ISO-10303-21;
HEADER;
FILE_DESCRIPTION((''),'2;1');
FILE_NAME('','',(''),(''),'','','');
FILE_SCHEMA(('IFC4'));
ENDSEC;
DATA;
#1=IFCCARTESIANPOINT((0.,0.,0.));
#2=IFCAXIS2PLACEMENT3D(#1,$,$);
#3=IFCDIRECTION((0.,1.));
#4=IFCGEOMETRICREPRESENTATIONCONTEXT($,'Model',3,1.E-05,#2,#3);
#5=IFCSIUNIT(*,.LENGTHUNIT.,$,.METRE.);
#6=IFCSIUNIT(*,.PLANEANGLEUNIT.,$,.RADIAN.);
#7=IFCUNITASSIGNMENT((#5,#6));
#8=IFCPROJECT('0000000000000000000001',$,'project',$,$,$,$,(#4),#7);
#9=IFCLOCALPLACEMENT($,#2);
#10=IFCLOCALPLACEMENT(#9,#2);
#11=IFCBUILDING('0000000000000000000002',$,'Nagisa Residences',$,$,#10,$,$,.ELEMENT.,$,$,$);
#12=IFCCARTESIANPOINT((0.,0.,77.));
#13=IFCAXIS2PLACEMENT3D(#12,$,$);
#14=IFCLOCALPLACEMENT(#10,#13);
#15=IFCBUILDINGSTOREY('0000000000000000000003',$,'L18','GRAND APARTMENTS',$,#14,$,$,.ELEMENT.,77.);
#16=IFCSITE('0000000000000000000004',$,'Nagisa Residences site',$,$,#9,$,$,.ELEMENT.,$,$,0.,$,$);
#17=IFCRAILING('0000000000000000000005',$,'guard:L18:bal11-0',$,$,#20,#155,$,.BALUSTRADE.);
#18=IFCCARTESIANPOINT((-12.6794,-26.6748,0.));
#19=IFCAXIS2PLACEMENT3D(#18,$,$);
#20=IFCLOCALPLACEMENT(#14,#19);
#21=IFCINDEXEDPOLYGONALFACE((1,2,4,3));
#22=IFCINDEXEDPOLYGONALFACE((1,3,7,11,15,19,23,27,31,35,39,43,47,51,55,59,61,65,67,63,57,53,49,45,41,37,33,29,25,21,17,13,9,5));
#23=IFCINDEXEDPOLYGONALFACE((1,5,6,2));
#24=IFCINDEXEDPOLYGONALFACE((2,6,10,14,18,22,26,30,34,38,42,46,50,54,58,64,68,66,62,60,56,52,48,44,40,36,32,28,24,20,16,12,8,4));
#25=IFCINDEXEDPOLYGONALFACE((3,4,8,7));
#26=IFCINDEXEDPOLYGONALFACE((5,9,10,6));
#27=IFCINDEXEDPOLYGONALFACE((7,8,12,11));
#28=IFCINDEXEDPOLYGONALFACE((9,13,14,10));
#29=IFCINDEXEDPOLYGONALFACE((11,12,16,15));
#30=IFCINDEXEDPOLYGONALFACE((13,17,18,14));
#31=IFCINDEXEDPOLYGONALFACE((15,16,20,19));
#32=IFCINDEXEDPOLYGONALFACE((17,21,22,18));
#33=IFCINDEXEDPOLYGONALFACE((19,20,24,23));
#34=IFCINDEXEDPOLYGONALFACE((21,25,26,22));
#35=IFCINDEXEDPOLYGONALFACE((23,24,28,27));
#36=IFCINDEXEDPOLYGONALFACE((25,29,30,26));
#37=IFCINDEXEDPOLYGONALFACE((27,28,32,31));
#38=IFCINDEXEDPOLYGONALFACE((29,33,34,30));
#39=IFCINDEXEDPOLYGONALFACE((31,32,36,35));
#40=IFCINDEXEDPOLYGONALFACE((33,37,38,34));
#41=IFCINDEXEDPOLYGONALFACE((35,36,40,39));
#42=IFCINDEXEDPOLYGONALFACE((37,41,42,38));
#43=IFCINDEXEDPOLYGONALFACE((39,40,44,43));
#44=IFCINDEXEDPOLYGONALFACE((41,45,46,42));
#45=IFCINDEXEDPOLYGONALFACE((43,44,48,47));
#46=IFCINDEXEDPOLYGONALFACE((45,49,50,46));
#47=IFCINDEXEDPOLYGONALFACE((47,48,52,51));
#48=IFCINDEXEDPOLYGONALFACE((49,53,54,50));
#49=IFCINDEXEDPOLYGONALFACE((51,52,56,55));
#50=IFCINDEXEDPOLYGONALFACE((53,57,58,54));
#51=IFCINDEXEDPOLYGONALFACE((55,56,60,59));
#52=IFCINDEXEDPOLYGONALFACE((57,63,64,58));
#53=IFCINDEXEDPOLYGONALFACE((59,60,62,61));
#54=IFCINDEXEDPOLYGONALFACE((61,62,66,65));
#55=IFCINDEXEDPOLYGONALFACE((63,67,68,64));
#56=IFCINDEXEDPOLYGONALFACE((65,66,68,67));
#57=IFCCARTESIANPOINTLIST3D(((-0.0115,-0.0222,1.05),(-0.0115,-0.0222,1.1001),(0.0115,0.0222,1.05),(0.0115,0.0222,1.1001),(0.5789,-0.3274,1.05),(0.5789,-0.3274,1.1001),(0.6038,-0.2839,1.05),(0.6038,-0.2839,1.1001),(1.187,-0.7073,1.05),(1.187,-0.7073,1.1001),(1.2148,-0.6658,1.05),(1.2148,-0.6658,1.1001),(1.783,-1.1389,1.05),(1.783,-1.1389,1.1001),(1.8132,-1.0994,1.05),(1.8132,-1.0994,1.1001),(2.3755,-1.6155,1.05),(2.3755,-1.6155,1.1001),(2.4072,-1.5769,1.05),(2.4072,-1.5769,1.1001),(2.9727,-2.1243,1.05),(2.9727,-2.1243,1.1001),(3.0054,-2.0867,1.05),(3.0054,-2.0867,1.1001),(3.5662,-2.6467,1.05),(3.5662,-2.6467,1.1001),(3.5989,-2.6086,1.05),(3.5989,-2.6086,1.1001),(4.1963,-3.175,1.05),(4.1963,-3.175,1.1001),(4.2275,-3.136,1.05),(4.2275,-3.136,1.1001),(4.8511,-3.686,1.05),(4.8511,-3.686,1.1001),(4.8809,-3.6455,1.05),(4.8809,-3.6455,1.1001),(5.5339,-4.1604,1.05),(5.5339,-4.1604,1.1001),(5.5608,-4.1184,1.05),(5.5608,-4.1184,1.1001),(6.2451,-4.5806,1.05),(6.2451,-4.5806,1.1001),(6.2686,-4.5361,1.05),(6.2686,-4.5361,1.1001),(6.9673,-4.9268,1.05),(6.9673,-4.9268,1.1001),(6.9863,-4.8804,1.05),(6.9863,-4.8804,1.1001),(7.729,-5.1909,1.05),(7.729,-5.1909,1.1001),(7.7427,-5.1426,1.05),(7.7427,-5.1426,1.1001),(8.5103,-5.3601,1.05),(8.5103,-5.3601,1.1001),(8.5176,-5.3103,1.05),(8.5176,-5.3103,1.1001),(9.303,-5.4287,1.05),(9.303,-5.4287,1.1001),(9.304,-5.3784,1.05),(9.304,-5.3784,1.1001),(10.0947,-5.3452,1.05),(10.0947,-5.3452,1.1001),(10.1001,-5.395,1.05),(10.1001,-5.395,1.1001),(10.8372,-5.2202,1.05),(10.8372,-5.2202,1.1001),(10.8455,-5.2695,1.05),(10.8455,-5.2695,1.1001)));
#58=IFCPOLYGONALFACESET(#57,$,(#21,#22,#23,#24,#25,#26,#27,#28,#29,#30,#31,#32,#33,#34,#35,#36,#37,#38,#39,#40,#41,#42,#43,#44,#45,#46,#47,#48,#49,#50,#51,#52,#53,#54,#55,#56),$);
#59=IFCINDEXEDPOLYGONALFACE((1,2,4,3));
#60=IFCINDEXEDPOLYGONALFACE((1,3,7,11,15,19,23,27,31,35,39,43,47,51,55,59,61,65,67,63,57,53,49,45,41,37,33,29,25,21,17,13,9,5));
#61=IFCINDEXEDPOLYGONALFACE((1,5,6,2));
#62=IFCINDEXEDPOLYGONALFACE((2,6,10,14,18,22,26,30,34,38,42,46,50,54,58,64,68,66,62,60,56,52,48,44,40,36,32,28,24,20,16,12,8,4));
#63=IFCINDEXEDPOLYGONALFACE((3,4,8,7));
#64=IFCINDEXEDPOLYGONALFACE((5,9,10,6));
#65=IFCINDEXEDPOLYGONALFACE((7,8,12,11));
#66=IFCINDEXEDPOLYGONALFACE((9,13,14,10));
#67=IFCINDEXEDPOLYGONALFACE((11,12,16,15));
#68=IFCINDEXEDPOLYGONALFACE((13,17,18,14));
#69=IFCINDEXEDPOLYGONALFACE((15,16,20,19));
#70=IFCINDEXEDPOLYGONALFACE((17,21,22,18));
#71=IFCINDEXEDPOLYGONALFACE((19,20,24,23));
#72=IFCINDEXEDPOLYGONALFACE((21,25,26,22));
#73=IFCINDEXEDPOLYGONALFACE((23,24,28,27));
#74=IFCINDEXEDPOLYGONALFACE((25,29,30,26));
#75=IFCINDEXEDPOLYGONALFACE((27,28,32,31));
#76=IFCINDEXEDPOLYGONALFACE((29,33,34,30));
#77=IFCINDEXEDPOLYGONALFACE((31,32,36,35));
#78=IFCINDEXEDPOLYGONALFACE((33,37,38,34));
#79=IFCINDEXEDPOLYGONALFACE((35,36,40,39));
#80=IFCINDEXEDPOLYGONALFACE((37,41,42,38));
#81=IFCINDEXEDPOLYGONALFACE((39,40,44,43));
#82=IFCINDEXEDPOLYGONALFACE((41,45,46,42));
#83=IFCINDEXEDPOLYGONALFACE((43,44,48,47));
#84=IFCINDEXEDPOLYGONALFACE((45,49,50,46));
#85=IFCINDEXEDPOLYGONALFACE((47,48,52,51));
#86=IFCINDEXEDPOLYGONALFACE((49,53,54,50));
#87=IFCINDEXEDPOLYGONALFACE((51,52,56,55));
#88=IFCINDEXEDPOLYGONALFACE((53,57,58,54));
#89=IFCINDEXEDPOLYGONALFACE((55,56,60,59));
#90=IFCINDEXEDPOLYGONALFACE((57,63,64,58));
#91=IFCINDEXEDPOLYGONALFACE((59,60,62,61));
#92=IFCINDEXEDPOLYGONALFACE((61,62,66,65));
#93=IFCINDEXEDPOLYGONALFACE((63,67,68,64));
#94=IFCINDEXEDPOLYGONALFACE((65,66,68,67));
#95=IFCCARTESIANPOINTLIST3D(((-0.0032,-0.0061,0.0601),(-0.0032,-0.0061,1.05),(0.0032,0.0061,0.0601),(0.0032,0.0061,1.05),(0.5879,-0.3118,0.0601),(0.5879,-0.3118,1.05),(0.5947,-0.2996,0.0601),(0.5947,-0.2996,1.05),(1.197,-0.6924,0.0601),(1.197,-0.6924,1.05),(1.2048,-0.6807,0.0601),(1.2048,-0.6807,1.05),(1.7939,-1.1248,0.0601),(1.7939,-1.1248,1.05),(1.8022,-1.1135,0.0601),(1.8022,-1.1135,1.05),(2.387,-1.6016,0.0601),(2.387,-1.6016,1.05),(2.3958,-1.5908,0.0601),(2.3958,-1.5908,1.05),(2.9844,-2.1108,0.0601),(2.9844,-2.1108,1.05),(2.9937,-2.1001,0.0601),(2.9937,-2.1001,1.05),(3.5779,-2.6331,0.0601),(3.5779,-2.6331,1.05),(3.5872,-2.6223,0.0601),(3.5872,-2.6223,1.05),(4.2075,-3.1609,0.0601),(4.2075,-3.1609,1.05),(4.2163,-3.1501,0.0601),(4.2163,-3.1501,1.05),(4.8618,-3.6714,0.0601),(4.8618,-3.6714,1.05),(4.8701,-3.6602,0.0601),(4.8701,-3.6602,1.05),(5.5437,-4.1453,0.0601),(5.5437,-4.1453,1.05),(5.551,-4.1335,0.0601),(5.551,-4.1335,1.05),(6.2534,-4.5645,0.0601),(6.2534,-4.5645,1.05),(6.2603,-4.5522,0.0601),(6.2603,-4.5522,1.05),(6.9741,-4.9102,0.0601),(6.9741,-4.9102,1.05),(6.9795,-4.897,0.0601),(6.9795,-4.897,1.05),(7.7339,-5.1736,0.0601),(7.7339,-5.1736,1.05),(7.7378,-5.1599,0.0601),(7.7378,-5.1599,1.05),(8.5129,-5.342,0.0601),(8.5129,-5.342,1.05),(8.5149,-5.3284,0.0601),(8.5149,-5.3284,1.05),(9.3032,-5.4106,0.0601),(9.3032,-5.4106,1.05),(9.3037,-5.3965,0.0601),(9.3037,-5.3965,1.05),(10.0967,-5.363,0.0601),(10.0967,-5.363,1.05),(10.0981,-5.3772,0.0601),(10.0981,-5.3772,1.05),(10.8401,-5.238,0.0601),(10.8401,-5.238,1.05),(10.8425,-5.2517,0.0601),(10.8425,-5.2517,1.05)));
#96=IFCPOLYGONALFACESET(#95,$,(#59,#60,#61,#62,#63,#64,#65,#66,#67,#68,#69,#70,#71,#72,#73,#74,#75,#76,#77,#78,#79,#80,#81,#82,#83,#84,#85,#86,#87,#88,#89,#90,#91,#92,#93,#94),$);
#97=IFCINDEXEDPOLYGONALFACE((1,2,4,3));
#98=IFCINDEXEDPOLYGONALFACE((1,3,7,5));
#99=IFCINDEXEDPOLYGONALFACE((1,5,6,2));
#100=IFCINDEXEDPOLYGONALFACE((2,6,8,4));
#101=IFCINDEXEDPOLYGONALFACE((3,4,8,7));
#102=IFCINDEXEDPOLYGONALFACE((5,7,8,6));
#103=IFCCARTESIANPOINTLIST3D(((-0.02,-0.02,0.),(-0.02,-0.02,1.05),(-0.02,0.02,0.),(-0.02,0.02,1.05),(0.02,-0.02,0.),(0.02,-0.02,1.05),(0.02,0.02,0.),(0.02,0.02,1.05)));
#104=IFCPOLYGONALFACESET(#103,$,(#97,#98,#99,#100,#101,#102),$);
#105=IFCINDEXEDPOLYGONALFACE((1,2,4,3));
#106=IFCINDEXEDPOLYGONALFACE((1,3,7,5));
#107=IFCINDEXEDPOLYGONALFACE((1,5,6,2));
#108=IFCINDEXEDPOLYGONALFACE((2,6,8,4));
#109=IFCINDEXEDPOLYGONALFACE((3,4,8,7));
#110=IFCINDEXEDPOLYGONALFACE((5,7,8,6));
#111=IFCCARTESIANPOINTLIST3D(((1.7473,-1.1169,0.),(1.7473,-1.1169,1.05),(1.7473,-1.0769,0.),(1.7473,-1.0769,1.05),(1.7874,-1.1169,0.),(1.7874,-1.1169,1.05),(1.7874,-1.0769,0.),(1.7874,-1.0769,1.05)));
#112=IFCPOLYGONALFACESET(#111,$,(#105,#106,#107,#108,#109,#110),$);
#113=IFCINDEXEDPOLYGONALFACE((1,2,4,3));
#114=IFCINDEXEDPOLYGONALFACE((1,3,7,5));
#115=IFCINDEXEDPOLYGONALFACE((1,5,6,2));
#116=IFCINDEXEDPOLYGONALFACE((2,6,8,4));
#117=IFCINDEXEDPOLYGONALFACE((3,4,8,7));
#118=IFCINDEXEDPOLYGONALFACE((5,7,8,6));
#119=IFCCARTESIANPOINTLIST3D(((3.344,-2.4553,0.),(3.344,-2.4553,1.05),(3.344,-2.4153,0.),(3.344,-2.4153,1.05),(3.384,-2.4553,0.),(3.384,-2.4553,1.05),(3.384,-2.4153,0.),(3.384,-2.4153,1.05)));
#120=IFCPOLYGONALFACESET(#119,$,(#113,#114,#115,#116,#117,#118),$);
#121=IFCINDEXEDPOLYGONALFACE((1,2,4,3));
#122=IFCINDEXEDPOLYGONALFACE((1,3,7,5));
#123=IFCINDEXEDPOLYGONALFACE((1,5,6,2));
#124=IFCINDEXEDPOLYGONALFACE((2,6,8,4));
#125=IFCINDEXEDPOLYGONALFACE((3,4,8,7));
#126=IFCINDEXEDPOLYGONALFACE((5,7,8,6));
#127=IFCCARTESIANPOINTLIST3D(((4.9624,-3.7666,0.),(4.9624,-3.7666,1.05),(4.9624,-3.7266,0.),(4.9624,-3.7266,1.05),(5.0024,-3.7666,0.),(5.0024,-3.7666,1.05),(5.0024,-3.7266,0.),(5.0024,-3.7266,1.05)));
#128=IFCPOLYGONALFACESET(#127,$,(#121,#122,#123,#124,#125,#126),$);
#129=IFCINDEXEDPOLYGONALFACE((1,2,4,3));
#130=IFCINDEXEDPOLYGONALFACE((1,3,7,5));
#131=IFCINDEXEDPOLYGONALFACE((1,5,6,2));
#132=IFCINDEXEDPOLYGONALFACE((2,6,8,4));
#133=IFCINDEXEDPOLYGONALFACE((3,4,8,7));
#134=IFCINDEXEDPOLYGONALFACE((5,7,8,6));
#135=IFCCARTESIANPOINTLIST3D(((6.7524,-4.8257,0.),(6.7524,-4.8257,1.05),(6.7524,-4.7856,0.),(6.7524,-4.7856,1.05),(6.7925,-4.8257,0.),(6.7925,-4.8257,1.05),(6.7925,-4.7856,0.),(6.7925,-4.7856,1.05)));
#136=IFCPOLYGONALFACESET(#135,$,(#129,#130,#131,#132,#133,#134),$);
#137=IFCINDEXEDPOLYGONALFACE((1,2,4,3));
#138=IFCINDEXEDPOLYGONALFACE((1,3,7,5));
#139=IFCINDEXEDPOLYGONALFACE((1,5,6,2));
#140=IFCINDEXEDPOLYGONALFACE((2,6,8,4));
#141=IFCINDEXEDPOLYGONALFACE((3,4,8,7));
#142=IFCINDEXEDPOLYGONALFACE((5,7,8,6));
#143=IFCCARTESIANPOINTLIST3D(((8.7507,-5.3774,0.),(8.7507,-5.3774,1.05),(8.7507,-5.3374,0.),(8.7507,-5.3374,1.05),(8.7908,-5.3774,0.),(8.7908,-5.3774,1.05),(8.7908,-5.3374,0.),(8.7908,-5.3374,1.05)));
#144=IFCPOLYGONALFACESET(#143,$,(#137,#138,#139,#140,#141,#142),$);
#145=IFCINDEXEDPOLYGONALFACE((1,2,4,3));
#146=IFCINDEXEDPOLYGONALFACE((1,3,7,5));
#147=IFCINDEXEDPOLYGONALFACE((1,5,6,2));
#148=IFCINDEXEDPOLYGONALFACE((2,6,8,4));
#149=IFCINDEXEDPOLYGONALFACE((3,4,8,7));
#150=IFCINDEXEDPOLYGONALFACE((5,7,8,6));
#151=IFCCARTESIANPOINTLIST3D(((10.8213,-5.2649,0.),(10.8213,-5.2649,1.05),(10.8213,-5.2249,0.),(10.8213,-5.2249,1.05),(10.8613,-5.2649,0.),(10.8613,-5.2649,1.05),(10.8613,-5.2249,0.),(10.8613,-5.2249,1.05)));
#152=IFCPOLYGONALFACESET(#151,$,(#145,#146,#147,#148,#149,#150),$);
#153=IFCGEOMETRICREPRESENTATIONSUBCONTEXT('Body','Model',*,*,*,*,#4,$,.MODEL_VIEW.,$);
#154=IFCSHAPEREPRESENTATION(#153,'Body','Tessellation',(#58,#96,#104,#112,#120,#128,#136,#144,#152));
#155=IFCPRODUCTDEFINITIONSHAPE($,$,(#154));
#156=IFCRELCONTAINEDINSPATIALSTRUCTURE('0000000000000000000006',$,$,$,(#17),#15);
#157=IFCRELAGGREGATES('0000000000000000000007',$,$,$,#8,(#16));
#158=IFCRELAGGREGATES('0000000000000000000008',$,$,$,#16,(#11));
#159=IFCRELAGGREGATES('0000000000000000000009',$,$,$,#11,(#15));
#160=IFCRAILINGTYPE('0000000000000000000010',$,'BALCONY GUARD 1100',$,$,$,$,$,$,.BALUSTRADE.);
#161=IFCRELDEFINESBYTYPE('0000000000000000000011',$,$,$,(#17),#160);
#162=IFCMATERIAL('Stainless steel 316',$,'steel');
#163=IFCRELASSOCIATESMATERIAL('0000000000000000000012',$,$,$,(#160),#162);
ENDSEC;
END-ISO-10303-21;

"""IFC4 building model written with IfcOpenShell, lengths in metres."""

from ifc_helpers import new_model, si_unit, direction, frame, origin, origin_2d, place, context, subcontext, project, spatial, polyline, rectangle, outline, extrude, material, type_object, element, save


model = new_model("IFC4")

# Units and contexts
model_context = context("Model", 3, precision=1e-05, world=origin(), true_north=direction((0.0, 1.0)))
body_context = subcontext(model_context, "Body", "Model", "MODEL_VIEW")
ifc_project = project(units=[si_unit("LENGTHUNIT", "METRE"), si_unit("PLANEANGLEUNIT", "RADIAN")], contexts=[model_context])

# Site, building, storey
site_placement = place(None, origin())
site = spatial("IfcSite", under=ifc_project, at=site_placement, Name="Nagisa Residences site", CompositionType="ELEMENT", RefElevation=0.0)
building_placement = place(site_placement, origin())
building = spatial("IfcBuilding", under=site, at=building_placement, Name="Nagisa Residences", CompositionType="ELEMENT")
storey_placement = place(building_placement, frame((0.0, 0.0, 77.0)))
storey = spatial("IfcBuildingStorey", under=building, at=storey_placement, Name="L18", Description="GRAND APARTMENTS", CompositionType="ELEMENT", Elevation=77.0)

# Railing
ifc_material_1 = material(Name="Stainless steel 316", Category="steel")
railing_type = type_object("IfcRailingType", Name="BALCONY GUARD 1100", PredefinedType="BALUSTRADE", material=ifc_material_1)
railing_1_placement = place(storey_placement, frame((-12.6794, -26.6748, 0.0)))
element("IfcRailing", 1, at=railing_1_placement, inside=storey, type_object=railing_type, Name="guard:L18:bal11-0", PredefinedType="BALUSTRADE", context=body_context, shape_type="SweptSolid", body=[
    extrude(outline(polyline([(0.6038, -0.2839), (0.0115, 0.0222), (-0.0115, -0.0222), (0.5789, -0.3274), (1.187, -0.7073), (1.783, -1.1389), (2.3755, -1.6155), (2.9727, -2.1243), (3.5662, -2.6467), (4.1963, -3.175), (4.8511, -3.686), (5.5339, -4.1604), (6.2451, -4.5806), (6.9673, -4.9268), (7.729, -5.1909), (8.5103, -5.3601), (9.303, -5.4287), (10.1001, -5.395), (10.8455, -5.2695), (10.8372, -5.2202), (10.0947, -5.3452), (9.304, -5.3784), (8.5176, -5.3103), (7.7427, -5.1426), (6.9863, -4.8804), (6.2686, -4.5361), (5.5608, -4.1184), (4.8809, -3.6455), (4.2275, -3.136), (3.5989, -2.6086), (3.0054, -2.0867), (2.4072, -1.5769), (1.8132, -1.0994), (1.2148, -0.6658), (0.6038, -0.2839)])), frame((0.0, 0.0, 1.05)), (0.0, 0.0, 1.0), 0.05),
    extrude(outline(polyline([(0.5947, -0.2996), (0.0032, 0.0061), (-0.0032, -0.0061), (0.5879, -0.3118), (1.197, -0.6924), (1.7939, -1.1248), (2.387, -1.6016), (2.9844, -2.1108), (3.5779, -2.6331), (4.2075, -3.1609), (4.8618, -3.6714), (5.5437, -4.1453), (6.2534, -4.5645), (6.9741, -4.9102), (7.7339, -5.1736), (8.5129, -5.342), (9.3032, -5.4106), (10.0981, -5.3772), (10.8425, -5.2517), (10.8401, -5.238), (10.0967, -5.363), (9.3037, -5.3965), (8.5149, -5.3284), (7.7378, -5.1599), (6.9795, -4.897), (6.2603, -4.5522), (5.551, -4.1335), (4.8701, -3.6602), (4.2163, -3.1501), (3.5872, -2.6223), (2.9937, -2.1001), (2.3958, -1.5908), (1.8022, -1.1135), (1.2048, -0.6807), (0.5947, -0.2996)])), frame((0.0, 0.0, 0.0601)), (0.0, 0.0, 1.0), 0.99),
    extrude(rectangle(XDim=0.04, YDim=0.04, at=origin_2d()), origin(), (0.0, 0.0, 1.0), 1.05),
    extrude(rectangle(XDim=0.04, YDim=0.04, at=origin_2d()), frame((1.7673, -1.0969, 0.0)), (0.0, 0.0, 1.0), 1.05),
    extrude(rectangle(XDim=0.04, YDim=0.04, at=origin_2d()), frame((3.364, -2.4353, 0.0)), (0.0, 0.0, 1.0), 1.05),
    extrude(rectangle(XDim=0.04, YDim=0.04, at=origin_2d()), frame((4.9824, -3.7466, 0.0)), (0.0, 0.0, 1.0), 1.05),
    extrude(rectangle(XDim=0.04, YDim=0.04, at=origin_2d()), frame((6.7725, -4.8057, 0.0)), (0.0, 0.0, 1.0), 1.05),
    extrude(rectangle(XDim=0.04, YDim=0.04, at=origin_2d()), frame((8.7708, -5.3574, 0.0)), (0.0, 0.0, 1.0), 1.05),
    extrude(rectangle(XDim=0.04, YDim=0.04, at=origin_2d()), frame((10.8413, -5.2449, 0.0)), (0.0, 0.0, 1.0), 1.05),
])

save(model, "model.ifc")
